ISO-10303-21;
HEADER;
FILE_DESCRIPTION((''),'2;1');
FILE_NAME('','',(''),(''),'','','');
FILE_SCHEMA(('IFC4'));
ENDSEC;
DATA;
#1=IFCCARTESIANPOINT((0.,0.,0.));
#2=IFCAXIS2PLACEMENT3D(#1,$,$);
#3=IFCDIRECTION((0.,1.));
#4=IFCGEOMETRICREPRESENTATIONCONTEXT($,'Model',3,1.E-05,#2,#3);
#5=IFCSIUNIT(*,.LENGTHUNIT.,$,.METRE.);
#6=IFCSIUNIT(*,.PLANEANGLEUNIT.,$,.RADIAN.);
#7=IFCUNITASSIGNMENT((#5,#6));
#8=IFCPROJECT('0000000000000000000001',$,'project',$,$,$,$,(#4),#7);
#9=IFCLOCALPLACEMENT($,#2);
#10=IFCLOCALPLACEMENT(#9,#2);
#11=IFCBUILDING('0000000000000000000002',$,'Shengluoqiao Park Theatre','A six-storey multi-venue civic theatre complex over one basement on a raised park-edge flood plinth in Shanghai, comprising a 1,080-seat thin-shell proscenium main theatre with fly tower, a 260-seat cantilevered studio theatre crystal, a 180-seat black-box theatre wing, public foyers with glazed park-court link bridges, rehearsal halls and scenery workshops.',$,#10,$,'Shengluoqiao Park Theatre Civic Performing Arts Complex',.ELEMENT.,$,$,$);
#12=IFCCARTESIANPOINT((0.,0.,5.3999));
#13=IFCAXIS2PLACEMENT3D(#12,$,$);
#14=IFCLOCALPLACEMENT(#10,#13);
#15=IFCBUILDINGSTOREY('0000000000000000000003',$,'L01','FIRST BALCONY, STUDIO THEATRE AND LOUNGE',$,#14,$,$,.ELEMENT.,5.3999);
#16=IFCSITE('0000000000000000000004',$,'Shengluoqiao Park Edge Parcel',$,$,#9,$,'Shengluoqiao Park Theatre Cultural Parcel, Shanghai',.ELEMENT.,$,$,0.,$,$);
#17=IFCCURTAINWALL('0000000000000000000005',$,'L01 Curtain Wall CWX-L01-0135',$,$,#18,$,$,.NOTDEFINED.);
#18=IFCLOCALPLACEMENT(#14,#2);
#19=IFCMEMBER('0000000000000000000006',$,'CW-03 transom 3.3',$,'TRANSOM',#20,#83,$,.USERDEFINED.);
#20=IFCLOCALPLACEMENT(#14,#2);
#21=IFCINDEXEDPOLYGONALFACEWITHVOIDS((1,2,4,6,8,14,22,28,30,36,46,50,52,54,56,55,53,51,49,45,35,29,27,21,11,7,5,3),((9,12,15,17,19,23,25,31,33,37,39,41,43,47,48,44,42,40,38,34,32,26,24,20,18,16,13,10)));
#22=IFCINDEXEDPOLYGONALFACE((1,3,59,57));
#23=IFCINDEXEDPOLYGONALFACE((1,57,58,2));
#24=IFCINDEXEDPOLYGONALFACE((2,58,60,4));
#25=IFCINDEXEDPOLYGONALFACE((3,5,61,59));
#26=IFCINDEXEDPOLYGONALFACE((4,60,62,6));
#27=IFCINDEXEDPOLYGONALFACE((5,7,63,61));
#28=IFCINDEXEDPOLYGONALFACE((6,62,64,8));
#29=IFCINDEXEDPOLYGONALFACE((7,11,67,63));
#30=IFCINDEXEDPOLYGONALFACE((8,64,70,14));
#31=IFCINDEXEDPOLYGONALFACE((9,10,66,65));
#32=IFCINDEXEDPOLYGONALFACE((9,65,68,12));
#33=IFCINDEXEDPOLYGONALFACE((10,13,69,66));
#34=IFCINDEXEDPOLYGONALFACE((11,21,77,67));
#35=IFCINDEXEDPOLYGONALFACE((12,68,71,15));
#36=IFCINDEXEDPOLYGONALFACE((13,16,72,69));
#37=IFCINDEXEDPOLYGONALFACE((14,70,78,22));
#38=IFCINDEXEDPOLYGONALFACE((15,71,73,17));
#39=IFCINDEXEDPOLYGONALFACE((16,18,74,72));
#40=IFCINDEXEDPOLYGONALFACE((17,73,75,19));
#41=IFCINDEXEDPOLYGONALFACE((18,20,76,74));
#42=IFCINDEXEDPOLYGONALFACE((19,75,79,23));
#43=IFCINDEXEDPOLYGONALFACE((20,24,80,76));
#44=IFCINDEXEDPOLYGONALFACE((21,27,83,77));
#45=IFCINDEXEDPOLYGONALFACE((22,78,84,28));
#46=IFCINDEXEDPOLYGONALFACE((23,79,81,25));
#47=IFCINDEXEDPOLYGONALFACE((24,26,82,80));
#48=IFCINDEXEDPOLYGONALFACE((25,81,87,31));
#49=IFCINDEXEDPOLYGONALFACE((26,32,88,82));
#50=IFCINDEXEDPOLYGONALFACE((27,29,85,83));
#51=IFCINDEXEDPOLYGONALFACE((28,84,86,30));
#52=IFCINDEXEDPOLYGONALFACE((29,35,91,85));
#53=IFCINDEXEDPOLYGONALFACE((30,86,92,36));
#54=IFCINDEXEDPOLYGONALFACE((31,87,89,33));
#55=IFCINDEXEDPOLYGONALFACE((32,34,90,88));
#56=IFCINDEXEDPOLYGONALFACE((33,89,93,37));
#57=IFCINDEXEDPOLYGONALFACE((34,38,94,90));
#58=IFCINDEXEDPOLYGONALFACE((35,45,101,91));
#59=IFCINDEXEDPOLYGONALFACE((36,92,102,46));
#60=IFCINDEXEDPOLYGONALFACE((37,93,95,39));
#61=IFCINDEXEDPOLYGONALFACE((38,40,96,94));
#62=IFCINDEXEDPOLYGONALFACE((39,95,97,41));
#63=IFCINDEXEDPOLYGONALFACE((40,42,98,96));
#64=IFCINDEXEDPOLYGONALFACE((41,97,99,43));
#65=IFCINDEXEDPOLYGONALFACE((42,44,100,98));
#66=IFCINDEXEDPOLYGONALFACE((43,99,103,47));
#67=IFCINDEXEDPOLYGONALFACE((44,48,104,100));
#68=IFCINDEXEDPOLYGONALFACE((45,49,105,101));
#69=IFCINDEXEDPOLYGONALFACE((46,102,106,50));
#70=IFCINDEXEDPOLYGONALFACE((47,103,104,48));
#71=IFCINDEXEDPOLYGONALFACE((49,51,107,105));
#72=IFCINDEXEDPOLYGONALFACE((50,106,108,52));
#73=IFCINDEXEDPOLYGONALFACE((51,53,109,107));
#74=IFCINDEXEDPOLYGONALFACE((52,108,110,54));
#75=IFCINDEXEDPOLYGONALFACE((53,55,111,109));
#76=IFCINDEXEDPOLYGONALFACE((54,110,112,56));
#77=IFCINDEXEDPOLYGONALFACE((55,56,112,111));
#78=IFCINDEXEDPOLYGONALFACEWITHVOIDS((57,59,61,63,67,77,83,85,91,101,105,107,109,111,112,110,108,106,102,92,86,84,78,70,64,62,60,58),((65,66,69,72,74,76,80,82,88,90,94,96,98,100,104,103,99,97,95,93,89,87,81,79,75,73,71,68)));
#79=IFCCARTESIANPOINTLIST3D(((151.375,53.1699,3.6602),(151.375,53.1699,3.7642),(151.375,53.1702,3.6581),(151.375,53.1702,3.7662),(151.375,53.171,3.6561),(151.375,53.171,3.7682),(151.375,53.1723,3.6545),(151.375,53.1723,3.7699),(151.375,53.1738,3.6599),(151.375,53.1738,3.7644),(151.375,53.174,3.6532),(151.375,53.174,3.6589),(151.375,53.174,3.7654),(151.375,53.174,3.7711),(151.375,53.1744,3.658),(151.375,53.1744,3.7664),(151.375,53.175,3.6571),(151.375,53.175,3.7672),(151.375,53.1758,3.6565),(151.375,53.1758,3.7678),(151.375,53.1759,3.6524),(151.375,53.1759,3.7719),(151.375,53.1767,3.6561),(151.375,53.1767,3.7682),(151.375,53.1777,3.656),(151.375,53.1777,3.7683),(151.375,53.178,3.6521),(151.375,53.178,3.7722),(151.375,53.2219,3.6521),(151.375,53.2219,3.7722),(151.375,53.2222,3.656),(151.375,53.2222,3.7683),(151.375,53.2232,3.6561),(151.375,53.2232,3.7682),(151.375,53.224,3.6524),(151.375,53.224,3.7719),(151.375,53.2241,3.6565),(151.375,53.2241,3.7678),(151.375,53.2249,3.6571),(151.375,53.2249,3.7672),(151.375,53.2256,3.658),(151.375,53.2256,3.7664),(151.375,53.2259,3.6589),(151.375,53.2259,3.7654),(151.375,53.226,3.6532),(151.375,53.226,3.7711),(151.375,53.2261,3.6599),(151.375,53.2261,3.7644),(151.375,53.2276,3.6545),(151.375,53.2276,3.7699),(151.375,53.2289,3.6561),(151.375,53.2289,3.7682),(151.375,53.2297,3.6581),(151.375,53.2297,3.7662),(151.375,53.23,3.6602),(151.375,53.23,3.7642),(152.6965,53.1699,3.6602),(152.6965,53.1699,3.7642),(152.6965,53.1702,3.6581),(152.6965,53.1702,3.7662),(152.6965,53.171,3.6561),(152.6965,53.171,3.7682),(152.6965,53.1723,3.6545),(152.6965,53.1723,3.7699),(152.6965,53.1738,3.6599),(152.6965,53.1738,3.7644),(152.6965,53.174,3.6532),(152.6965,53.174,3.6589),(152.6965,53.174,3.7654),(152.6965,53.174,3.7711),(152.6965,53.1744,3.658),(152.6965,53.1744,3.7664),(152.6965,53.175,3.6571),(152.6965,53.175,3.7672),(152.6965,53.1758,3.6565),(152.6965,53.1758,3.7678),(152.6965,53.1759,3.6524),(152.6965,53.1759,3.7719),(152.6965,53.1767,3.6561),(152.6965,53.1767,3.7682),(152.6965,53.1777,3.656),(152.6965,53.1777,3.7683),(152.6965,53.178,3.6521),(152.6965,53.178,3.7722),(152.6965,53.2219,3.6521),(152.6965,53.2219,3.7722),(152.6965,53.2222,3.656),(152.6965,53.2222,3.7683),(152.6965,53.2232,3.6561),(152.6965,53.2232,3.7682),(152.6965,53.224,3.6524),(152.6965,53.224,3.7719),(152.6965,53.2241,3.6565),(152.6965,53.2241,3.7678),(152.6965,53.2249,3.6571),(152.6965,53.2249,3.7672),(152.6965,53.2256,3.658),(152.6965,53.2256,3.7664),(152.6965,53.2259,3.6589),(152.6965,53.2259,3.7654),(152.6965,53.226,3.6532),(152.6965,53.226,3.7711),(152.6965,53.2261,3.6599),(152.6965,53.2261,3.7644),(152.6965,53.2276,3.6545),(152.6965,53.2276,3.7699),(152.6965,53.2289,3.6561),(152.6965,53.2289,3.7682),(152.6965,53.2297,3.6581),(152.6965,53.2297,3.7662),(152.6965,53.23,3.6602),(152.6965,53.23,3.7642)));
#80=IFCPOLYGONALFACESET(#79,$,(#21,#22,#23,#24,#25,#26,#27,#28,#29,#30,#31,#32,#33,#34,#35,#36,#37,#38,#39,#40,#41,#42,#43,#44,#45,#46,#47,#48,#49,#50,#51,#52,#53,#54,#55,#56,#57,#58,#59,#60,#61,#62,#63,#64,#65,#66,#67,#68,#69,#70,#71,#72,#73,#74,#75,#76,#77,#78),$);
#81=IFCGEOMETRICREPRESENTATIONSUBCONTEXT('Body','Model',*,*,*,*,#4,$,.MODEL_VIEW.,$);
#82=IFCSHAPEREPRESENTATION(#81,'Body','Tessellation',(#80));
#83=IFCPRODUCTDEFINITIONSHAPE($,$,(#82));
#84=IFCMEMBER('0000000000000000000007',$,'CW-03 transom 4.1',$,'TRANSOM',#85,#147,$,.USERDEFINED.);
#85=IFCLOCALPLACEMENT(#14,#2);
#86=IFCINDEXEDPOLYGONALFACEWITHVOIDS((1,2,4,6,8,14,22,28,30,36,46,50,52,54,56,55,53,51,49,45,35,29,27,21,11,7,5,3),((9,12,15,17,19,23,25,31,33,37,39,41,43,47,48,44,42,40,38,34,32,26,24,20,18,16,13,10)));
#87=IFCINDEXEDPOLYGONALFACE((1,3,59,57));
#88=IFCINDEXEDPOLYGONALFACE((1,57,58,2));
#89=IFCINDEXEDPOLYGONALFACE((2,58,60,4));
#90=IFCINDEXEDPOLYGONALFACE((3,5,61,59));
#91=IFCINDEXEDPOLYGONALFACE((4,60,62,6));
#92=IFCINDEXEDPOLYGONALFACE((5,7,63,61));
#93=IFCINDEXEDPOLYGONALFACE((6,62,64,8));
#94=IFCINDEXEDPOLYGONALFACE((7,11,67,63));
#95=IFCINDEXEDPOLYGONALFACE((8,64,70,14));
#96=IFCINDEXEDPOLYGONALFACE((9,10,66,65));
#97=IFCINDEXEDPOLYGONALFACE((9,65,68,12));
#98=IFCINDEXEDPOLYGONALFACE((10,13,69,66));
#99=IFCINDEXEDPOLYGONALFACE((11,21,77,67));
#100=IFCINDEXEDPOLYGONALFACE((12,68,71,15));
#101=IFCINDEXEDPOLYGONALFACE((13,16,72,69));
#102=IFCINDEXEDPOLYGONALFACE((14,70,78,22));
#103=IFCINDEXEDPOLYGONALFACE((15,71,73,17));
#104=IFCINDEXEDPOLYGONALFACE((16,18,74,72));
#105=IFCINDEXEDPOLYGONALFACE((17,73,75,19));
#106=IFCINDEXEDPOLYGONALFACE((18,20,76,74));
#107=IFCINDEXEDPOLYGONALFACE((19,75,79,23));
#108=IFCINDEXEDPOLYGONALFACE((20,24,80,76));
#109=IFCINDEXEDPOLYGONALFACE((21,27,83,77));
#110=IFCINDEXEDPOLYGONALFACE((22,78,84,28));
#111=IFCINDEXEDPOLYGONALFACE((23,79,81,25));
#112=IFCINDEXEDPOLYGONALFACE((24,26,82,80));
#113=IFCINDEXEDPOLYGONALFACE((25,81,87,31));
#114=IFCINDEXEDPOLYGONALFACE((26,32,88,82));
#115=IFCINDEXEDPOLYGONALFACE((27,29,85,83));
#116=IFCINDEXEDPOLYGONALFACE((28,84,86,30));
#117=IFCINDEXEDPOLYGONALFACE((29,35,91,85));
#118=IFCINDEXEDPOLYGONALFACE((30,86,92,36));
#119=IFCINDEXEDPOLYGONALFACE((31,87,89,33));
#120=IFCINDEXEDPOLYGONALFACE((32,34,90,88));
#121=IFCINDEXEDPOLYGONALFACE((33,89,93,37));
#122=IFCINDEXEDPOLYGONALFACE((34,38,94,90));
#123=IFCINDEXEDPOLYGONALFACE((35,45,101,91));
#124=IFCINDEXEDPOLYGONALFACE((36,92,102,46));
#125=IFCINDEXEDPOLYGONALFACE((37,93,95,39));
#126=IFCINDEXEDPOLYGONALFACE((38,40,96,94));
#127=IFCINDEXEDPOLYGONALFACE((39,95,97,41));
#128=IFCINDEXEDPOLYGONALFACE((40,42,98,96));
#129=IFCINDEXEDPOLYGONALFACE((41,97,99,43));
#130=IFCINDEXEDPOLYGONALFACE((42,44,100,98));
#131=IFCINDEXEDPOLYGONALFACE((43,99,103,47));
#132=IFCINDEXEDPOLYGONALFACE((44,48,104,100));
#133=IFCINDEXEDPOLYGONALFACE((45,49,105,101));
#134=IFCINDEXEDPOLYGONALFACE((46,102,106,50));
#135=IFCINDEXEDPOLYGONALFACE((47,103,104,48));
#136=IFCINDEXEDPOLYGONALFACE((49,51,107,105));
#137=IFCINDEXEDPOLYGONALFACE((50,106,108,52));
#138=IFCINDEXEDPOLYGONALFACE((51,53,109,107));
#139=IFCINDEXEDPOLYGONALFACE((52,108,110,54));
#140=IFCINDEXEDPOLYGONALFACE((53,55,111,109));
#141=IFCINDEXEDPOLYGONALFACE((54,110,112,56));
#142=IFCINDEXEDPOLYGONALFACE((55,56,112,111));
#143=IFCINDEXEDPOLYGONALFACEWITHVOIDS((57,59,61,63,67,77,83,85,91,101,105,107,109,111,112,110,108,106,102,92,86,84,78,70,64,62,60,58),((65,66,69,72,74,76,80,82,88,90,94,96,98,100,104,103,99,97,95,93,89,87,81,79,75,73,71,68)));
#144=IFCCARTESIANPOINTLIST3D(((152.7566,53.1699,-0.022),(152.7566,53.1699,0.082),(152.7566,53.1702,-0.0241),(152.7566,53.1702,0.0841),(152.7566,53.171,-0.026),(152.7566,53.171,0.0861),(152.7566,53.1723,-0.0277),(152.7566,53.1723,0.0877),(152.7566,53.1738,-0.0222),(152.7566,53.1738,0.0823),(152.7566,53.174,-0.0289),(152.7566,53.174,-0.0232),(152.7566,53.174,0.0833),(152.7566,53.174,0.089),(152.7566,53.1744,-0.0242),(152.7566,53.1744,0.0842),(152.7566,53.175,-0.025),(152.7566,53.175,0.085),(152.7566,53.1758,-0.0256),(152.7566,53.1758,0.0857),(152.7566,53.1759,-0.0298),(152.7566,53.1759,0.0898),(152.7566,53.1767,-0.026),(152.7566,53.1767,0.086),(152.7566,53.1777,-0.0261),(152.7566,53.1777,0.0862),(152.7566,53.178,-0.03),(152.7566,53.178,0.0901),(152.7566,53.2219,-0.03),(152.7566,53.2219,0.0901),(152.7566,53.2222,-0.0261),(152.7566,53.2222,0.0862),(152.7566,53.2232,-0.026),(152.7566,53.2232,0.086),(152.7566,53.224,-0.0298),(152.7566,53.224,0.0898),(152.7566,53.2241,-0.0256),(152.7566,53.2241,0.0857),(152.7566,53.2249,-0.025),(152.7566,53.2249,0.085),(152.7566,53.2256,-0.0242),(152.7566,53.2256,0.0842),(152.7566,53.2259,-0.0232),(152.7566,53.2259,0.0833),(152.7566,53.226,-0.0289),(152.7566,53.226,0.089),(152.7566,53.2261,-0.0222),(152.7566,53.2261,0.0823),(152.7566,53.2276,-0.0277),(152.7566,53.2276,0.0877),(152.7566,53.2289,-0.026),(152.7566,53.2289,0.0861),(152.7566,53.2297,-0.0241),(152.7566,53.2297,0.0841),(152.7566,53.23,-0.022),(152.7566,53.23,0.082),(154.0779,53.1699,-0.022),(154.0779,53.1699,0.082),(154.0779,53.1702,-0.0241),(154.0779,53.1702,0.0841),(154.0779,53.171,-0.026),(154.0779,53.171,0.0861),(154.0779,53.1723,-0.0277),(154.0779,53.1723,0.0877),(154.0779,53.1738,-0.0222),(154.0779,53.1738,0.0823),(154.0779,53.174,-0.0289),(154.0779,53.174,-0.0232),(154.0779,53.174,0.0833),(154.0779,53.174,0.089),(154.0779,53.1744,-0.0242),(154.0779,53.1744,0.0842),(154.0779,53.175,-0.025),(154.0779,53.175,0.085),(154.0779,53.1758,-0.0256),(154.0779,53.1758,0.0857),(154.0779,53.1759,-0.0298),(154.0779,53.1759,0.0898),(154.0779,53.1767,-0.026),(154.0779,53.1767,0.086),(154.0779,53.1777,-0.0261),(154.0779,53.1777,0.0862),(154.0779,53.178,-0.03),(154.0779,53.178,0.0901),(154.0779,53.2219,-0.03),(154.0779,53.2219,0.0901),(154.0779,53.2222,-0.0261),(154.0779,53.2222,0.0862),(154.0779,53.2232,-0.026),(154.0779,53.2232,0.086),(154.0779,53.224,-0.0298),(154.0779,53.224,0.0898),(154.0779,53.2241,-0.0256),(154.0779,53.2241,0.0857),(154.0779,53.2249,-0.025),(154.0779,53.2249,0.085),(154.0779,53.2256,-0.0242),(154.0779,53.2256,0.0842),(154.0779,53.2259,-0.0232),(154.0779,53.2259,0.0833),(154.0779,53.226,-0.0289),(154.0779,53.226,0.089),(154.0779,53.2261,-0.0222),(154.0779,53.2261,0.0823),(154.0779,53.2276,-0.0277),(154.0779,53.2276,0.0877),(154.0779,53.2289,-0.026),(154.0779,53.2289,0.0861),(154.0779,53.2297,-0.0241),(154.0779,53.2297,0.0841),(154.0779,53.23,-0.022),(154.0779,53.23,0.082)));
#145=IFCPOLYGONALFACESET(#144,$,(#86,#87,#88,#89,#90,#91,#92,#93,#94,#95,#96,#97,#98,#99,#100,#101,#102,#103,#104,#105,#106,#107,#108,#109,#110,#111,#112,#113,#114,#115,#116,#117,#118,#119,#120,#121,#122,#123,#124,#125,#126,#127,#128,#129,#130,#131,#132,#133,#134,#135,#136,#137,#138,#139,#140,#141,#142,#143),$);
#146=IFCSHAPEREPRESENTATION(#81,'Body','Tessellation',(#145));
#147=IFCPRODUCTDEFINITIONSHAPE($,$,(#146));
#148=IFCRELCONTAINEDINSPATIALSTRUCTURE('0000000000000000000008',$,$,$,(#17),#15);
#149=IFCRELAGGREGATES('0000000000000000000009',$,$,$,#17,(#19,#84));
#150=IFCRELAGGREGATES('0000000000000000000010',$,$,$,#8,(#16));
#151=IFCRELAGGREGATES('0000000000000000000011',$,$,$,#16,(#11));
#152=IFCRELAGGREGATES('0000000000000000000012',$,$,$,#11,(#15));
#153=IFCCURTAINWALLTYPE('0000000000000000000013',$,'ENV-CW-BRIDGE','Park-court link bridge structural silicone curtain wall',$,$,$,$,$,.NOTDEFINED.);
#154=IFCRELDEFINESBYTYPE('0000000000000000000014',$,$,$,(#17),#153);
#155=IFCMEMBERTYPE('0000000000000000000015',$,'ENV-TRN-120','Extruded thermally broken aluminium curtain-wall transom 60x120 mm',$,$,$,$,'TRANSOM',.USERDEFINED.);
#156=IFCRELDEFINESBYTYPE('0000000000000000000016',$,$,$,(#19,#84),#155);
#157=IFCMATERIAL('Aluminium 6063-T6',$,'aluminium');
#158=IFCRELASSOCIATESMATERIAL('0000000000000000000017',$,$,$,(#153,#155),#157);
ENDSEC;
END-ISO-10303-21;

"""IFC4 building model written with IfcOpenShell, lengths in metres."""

from ifc_helpers import new_model, si_unit, direction, frame, origin, origin_2d, place, context, subcontext, project, spatial, hollow_rectangle, extrude, material, material_profile, profile_set, type_object, element, aggregate, save


model = new_model("IFC4")

# Units and contexts
model_context = context("Model", 3, precision=1e-05, world=origin(), true_north=direction((0.0, 1.0)))
body_context = subcontext(model_context, "Body", "Model", "MODEL_VIEW")
ifc_project = project(units=[si_unit("LENGTHUNIT", "METRE"), si_unit("PLANEANGLEUNIT", "RADIAN")], contexts=[model_context])

# Site, building, storey
site_placement = place(None, origin())
site = spatial("IfcSite", under=ifc_project, at=site_placement, Name="Shengluoqiao Park Edge Parcel", LongName="Shengluoqiao Park Theatre Cultural Parcel, Shanghai", CompositionType="ELEMENT", RefElevation=0.0)
building_placement = place(site_placement, origin())
building = spatial("IfcBuilding", under=site, at=building_placement, Name="Shengluoqiao Park Theatre", Description="A six-storey multi-venue civic theatre complex over one basement on a raised park-edge flood plinth in Shanghai, comprising a 1,080-seat thin-shell proscenium main theatre with fly tower, a 260-seat cantilevered studio theatre crystal, a 180-seat black-box theatre wing, public foyers with glazed park-court link bridges, rehearsal halls and scenery workshops.", LongName="Shengluoqiao Park Theatre Civic Performing Arts Complex", CompositionType="ELEMENT")
storey_placement = place(building_placement, frame((0.0, 0.0, 5.3999)))
storey = spatial("IfcBuildingStorey", under=building, at=storey_placement, Name="L01", Description="FIRST BALCONY, STUDIO THEATRE AND LOUNGE", CompositionType="ELEMENT", Elevation=5.3999)

# Curtain wall, members
ifc_material_1 = material(Name="Aluminium 6063-T6", Category="aluminium")
curtain_wall_type = type_object("IfcCurtainWallType", Name="ENV-CW-BRIDGE", Description="Park-court link bridge structural silicone curtain wall", PredefinedType="NOTDEFINED", material=ifc_material_1)
curtain_wall_placement = place(storey_placement, origin())
curtain_wall = element("IfcCurtainWall", 1, at=curtain_wall_placement, inside=storey, type_object=curtain_wall_type, Name="L01 Curtain Wall CWX-L01-0135", PredefinedType="NOTDEFINED")
ifc_material_profile_1 = material_profile(ifc_material_1, hollow_rectangle(XDim=0.0601, YDim=0.1201, WallThickness=0.0039, InnerFilletRadius=0.0039, OuterFilletRadius=0.0081, at=origin_2d()), Name="ALU TRANSOM 120x60x4")
ifc_profile_set_1 = profile_set([ifc_material_profile_1], Name="Aluminium 6063-T6")
member_type_1 = type_object("IfcMemberType", Name="ENV-TRN-120", Description="Extruded thermally broken aluminium curtain-wall transom 60x120 mm", ElementType="TRANSOM", PredefinedType="USERDEFINED", material=ifc_profile_set_1)
member_1_placement = place(storey_placement, frame((151.375, 53.2, 3.7122), z_axis=(1.0, 0.0, 0.0), x_axis=(0.0, 1.0, 0.0)))
member_1 = element("IfcMember", 2, at=member_1_placement, type_object=member_type_1, Name="CW-03 transom 3.3", ObjectType="TRANSOM", PredefinedType="USERDEFINED", context=body_context, shape_type="SweptSolid", body=[
    extrude(hollow_rectangle(XDim=0.0601, YDim=0.1201, WallThickness=0.0039, InnerFilletRadius=0.0039, OuterFilletRadius=0.0081, at=origin_2d()), origin(), (0.0, 0.0, 1.0), 1.3215),
])
member_2_placement = place(storey_placement, frame((152.7566, 53.2, 0.03), z_axis=(1.0, 0.0, 0.0), x_axis=(0.0, 1.0, 0.0)))
member_2 = element("IfcMember", 3, at=member_2_placement, type_object=member_type_1, Name="CW-03 transom 4.1", ObjectType="TRANSOM", PredefinedType="USERDEFINED", context=body_context, shape_type="SweptSolid", body=[
    extrude(hollow_rectangle(XDim=0.0601, YDim=0.1201, WallThickness=0.0039, InnerFilletRadius=0.0039, OuterFilletRadius=0.0081, at=origin_2d()), origin(), (0.0, 0.0, 1.0), 1.3213),
])

aggregate(curtain_wall, [member_1, member_2])

save(model, "model.ifc")
